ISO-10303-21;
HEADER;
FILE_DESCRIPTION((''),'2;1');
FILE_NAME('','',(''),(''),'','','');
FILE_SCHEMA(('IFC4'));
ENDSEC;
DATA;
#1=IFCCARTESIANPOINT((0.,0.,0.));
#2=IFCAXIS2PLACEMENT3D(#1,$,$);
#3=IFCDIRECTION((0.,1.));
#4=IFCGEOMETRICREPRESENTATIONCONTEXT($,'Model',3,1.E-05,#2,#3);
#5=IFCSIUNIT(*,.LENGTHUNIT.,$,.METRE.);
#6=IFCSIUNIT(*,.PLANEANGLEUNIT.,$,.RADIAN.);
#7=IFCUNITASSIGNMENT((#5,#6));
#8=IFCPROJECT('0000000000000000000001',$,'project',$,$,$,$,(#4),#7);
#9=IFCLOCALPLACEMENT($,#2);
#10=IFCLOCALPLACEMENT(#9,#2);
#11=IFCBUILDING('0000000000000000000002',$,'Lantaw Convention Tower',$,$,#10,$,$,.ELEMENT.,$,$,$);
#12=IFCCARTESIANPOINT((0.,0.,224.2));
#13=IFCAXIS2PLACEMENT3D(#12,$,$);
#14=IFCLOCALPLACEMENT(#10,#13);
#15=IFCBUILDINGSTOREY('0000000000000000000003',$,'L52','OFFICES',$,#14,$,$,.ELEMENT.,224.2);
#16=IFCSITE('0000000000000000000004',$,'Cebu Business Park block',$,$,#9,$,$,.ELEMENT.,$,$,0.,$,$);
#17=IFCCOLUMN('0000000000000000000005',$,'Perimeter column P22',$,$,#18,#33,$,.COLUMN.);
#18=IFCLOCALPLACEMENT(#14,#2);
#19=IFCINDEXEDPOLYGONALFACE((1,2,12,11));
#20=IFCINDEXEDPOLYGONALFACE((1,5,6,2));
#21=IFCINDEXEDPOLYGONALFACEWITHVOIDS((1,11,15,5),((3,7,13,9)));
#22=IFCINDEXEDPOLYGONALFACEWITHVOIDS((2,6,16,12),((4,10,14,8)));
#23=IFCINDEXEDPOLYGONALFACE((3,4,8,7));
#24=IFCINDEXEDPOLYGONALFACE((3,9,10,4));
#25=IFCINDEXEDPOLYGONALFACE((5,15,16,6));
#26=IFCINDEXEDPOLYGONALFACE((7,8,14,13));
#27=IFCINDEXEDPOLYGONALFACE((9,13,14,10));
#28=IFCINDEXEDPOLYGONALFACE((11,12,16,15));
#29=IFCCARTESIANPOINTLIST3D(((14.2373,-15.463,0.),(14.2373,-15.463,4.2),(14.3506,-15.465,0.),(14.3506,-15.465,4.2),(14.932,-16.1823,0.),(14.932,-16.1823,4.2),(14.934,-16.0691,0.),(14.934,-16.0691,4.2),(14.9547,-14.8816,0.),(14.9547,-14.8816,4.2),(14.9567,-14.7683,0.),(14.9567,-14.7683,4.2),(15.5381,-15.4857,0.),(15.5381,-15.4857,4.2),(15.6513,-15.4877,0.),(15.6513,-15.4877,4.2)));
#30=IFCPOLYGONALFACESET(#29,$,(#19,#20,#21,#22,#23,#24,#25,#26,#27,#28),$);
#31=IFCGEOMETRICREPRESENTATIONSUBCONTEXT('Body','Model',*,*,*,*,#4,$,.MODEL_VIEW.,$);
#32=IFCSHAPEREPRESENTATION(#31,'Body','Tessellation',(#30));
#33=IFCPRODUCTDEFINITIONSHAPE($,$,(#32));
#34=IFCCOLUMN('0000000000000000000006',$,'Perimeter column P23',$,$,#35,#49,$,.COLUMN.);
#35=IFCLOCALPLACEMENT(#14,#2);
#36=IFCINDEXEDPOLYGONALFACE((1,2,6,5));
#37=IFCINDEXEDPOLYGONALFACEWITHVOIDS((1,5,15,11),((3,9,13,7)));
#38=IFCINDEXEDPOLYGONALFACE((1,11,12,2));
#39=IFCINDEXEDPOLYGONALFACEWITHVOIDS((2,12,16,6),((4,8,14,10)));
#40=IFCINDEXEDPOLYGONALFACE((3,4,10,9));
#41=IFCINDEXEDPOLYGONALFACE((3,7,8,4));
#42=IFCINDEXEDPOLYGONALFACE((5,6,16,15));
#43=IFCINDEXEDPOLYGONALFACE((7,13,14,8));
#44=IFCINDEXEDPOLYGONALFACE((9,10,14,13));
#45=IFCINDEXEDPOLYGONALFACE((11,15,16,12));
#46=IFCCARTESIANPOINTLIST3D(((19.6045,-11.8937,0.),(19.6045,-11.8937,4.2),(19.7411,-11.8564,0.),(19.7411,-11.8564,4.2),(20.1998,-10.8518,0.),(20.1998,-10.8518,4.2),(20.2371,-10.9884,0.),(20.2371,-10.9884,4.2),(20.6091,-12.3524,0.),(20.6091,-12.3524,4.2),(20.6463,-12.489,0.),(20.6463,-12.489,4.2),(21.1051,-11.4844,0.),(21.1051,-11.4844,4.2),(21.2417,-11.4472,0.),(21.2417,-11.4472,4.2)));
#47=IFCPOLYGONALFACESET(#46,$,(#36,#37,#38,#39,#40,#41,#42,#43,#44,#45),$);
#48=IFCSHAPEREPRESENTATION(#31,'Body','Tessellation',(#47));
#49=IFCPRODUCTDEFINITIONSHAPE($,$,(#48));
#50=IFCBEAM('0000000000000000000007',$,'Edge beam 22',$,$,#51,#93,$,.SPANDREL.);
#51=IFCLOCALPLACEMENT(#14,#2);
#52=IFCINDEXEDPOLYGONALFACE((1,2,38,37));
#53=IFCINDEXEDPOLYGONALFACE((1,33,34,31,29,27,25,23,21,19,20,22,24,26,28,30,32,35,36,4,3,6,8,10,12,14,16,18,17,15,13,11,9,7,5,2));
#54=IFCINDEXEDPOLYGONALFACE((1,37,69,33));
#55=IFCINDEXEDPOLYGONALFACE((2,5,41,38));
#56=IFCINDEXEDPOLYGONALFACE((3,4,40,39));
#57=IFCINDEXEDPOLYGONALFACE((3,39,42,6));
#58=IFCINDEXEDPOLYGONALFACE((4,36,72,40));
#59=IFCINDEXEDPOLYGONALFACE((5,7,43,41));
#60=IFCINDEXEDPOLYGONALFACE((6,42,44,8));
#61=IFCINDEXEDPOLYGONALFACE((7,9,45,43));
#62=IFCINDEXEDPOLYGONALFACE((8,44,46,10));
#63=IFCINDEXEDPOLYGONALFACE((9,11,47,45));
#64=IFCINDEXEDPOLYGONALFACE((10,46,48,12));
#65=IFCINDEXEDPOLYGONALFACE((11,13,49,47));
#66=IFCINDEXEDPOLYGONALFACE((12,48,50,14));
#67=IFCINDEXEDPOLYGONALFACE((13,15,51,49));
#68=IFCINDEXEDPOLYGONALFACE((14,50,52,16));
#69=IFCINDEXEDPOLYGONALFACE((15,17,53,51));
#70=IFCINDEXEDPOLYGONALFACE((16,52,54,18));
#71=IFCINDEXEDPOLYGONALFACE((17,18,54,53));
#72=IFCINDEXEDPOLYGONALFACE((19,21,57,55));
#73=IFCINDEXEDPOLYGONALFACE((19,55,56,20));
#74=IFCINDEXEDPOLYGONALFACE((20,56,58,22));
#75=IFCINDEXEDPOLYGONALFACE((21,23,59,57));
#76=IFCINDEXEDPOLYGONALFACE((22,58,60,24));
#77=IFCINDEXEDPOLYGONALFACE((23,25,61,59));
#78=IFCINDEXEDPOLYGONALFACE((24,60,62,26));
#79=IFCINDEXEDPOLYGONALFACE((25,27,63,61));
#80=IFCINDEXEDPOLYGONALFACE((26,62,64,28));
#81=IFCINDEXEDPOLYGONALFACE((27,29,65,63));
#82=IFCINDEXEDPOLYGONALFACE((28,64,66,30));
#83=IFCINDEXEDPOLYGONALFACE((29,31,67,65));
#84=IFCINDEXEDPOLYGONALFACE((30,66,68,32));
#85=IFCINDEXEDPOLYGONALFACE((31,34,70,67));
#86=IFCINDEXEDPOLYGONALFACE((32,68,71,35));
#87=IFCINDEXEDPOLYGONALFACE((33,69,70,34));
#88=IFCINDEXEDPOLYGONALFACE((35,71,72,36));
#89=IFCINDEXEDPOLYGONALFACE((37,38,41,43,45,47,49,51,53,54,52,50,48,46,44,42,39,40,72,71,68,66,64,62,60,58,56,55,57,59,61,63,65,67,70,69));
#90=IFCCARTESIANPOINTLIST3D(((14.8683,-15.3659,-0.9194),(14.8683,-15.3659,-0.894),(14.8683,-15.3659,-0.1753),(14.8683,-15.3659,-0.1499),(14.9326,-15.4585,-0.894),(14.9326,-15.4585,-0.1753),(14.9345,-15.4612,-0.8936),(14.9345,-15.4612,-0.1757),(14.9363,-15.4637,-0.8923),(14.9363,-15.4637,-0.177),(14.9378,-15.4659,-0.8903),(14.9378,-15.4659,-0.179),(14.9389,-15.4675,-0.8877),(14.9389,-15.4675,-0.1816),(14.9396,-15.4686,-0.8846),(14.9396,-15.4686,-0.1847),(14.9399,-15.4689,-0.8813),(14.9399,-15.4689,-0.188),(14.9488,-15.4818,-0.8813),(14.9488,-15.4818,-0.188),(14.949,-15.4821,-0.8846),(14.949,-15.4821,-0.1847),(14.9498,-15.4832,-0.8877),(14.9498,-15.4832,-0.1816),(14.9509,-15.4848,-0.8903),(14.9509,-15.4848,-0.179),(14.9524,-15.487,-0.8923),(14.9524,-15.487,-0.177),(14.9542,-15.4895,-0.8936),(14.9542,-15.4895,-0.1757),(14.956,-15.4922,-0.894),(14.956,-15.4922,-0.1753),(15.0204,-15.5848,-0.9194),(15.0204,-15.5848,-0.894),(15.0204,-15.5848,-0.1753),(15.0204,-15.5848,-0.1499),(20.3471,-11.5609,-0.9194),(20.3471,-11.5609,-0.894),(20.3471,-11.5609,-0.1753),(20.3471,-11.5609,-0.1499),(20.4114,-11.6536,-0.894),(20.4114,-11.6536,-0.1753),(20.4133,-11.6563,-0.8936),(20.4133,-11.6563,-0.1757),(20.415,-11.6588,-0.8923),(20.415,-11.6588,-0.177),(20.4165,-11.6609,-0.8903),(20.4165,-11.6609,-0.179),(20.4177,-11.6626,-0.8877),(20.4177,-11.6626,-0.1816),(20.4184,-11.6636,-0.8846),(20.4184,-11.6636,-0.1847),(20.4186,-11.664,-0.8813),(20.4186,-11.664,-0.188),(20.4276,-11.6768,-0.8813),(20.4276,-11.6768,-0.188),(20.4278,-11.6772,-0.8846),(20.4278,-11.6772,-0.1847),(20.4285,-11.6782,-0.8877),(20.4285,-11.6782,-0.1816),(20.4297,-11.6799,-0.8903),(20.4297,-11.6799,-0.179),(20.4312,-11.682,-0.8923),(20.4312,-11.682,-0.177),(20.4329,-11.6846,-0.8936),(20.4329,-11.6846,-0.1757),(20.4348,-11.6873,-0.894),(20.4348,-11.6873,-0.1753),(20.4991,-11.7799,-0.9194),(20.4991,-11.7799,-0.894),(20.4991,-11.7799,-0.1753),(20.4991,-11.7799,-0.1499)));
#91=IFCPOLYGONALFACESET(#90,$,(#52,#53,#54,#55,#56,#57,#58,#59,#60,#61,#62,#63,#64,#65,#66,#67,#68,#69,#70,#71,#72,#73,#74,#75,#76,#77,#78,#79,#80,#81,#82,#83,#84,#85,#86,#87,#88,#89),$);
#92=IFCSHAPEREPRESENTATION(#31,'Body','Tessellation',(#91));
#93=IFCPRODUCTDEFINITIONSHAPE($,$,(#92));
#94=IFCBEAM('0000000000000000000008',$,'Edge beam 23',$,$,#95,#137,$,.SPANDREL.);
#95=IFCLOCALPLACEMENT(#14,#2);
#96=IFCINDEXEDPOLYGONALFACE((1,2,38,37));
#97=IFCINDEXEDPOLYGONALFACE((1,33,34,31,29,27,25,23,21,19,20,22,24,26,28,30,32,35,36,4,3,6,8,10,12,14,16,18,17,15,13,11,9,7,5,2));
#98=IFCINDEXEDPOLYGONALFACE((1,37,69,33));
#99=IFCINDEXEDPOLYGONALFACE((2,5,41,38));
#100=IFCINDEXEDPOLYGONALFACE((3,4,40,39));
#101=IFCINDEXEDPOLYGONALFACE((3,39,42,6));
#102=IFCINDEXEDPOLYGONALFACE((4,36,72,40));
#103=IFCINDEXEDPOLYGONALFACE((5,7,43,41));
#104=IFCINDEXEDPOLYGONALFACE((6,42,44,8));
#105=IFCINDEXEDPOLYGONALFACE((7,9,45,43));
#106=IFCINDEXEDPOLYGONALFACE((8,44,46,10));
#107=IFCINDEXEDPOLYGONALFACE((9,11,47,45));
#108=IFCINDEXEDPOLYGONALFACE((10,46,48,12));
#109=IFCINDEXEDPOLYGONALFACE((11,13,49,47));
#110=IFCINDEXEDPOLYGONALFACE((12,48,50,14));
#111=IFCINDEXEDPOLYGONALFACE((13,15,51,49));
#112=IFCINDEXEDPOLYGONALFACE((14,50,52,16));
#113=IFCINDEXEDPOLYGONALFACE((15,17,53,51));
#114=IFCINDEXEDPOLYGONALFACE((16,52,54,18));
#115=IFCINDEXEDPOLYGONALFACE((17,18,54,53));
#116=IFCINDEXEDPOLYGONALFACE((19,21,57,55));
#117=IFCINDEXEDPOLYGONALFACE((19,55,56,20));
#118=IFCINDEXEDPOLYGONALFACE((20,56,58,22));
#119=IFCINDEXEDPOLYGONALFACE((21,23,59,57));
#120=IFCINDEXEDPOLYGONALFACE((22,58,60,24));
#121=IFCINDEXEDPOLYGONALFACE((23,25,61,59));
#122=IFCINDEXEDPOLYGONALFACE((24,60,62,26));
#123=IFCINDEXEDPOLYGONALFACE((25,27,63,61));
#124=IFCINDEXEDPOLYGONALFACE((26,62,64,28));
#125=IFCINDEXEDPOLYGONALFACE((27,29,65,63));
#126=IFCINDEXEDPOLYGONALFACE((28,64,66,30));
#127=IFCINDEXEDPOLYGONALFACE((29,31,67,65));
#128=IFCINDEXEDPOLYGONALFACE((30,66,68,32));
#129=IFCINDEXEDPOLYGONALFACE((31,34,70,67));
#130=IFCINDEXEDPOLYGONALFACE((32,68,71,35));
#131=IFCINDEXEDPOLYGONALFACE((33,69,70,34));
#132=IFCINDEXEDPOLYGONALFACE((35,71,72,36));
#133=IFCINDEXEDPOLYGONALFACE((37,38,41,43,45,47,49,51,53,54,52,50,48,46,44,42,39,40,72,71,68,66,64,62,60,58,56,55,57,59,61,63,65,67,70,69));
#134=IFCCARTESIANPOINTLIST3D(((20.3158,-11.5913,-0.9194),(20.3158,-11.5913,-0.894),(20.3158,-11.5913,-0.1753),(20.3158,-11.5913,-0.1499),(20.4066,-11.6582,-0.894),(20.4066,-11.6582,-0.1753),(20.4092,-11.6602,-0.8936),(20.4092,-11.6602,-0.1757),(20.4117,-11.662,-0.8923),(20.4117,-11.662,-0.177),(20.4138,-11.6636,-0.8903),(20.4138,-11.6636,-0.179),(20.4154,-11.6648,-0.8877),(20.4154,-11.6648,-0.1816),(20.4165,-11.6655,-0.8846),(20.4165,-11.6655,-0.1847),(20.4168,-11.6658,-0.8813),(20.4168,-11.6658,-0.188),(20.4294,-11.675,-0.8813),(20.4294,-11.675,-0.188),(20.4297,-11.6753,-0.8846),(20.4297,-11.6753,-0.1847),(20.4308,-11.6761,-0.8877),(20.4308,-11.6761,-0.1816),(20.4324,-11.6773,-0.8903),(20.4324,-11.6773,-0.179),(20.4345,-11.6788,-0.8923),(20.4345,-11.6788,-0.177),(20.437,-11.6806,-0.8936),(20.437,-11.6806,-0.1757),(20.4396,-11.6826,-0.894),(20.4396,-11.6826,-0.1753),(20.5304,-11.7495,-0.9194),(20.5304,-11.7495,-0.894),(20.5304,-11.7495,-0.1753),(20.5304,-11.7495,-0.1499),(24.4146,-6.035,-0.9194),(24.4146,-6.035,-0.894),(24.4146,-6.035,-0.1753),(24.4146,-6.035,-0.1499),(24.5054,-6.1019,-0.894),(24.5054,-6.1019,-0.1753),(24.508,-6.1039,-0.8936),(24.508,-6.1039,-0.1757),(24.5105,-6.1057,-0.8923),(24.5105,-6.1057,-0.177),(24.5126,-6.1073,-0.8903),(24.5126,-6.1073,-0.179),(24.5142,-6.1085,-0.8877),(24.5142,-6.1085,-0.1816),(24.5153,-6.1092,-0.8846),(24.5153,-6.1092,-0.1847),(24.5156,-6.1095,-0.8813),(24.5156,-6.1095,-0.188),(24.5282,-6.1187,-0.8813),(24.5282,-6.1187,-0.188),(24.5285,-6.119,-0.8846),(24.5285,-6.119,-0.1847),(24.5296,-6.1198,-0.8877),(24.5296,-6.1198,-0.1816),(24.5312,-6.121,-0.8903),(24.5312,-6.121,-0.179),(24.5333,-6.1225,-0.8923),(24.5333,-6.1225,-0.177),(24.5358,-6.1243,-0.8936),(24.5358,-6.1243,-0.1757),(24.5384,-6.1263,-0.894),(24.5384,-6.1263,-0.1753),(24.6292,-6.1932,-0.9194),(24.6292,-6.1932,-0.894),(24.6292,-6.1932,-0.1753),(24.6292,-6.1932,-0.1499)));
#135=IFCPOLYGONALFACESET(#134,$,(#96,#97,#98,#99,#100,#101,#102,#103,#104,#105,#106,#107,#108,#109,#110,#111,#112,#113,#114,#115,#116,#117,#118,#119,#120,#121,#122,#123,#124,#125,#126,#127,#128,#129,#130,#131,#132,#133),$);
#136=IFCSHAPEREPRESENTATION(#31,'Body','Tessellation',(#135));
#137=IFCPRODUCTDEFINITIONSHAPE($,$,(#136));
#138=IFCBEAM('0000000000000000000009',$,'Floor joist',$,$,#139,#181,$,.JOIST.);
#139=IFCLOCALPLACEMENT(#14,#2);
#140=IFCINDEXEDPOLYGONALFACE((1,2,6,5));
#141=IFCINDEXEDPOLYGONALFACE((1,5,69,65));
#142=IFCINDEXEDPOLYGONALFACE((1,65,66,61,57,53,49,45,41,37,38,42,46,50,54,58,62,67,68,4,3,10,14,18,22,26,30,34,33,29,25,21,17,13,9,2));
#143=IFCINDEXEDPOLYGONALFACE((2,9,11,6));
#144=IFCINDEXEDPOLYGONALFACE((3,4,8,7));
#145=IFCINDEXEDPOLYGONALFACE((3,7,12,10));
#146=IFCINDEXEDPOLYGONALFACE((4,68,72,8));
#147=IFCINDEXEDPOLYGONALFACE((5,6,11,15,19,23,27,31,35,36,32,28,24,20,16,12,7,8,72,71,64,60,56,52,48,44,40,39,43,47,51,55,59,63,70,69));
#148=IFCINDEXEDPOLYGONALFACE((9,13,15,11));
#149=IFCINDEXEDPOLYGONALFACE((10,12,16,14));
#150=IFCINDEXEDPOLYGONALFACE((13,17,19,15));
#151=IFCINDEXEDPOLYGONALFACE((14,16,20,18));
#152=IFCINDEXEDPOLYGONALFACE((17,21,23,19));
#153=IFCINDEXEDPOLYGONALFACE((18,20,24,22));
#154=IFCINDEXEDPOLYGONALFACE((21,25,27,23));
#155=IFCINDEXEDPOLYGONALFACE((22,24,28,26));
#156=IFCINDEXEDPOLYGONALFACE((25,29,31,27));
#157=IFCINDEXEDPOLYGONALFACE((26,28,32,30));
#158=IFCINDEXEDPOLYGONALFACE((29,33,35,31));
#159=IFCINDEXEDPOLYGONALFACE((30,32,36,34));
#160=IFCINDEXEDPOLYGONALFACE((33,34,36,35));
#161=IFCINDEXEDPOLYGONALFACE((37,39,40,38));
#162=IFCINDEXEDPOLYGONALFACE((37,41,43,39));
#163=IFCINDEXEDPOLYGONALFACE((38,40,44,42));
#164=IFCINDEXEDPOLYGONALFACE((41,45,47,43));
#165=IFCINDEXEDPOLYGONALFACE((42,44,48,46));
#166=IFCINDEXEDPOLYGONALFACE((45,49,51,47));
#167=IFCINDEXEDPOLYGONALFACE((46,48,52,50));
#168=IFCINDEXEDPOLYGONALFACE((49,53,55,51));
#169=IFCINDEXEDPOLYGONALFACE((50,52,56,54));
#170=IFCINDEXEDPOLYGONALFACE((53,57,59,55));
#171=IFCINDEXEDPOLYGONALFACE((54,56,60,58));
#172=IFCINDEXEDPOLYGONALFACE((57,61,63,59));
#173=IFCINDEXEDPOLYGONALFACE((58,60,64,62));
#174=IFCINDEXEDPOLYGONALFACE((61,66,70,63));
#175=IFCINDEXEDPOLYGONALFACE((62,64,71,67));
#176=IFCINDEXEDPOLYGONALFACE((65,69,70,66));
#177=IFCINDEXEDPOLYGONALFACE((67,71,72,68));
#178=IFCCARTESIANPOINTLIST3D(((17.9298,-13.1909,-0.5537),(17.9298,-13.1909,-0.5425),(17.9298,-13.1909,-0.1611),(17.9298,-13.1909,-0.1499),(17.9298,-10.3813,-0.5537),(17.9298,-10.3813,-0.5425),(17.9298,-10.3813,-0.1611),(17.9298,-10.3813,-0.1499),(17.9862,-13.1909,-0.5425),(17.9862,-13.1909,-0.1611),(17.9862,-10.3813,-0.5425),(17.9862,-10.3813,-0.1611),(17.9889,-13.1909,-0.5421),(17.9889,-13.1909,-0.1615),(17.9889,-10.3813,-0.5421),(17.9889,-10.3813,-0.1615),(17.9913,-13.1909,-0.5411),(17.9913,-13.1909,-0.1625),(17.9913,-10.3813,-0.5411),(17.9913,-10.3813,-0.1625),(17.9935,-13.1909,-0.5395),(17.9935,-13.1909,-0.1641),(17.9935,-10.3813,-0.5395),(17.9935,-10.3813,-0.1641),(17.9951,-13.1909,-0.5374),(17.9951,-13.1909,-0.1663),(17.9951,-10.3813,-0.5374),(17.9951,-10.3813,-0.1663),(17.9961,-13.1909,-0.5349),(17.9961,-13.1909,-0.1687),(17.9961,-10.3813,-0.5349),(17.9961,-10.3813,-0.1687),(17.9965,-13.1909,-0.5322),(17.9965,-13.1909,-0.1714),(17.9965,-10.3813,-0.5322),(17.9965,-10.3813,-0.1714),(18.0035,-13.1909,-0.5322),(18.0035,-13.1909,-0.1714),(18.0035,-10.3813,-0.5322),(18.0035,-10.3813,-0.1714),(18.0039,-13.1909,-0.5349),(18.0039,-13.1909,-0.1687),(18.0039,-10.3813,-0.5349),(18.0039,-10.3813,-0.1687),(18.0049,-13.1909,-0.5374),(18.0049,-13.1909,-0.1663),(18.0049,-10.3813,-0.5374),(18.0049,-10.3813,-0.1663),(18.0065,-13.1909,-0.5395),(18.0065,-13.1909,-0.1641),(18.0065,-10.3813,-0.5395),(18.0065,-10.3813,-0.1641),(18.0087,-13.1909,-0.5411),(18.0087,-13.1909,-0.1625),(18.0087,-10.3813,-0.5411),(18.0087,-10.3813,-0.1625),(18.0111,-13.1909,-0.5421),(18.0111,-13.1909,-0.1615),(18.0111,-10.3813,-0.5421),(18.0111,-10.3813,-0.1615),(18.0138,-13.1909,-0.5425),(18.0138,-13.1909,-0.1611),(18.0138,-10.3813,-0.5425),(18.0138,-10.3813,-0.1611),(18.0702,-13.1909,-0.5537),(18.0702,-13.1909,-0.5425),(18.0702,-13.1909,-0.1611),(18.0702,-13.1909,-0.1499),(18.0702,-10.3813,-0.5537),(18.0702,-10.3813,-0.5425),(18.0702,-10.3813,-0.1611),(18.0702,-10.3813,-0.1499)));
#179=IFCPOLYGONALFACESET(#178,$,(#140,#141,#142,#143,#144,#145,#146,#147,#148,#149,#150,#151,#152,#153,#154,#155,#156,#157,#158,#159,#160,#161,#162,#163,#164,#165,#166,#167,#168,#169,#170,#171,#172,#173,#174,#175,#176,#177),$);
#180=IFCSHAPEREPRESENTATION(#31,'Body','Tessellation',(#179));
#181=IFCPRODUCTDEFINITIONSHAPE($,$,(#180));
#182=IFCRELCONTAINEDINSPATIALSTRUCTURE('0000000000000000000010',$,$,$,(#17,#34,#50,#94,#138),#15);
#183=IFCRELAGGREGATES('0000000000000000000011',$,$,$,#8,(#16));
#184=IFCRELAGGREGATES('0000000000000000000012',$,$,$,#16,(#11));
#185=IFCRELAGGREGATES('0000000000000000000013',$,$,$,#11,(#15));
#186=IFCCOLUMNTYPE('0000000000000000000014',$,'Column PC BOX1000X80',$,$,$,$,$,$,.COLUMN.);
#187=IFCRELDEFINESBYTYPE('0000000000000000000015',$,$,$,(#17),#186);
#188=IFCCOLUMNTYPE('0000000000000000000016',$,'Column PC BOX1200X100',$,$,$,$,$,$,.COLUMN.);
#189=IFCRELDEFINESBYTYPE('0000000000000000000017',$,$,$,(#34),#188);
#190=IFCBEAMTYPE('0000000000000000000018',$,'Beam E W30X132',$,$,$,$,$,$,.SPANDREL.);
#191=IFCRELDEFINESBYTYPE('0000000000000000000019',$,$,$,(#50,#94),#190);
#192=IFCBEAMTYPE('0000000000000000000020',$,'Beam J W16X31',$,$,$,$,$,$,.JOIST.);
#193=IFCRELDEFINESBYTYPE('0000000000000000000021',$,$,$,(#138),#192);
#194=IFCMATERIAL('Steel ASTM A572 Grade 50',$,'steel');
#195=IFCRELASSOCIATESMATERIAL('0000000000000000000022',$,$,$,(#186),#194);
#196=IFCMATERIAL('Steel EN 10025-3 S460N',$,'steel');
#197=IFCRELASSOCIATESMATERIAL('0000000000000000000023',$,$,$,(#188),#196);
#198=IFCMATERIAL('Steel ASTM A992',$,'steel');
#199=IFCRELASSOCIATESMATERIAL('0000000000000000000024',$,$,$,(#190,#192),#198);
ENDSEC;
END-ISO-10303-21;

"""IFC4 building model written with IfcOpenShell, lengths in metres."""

from ifc_helpers import new_model, si_unit, direction, frame, origin, origin_2d, place, context, subcontext, project, spatial, rectangle, hollow_rectangle, i_section, extrude, material, material_profile, profile_set, type_object, element, save


model = new_model("IFC4")

# Units and contexts
model_context = context("Model", 3, precision=1e-05, world=origin(), true_north=direction((0.0, 1.0)))
body_context = subcontext(model_context, "Body", "Model", "MODEL_VIEW")
ifc_project = project(units=[si_unit("LENGTHUNIT", "METRE"), si_unit("PLANEANGLEUNIT", "RADIAN")], contexts=[model_context])

# Site, building, storey
site_placement = place(None, origin())
site = spatial("IfcSite", under=ifc_project, at=site_placement, Name="Cebu Business Park block", CompositionType="ELEMENT", RefElevation=0.0)
building_placement = place(site_placement, origin())
building = spatial("IfcBuilding", under=site, at=building_placement, Name="Lantaw Convention Tower", CompositionType="ELEMENT")
storey_placement = place(building_placement, frame((0.0, 0.0, 224.2)))
storey = spatial("IfcBuildingStorey", under=building, at=storey_placement, Name="L52", Description="OFFICES", CompositionType="ELEMENT", Elevation=224.2)

# Columns
ifc_material_1 = material(Name="Steel ASTM A572 Grade 50", Category="steel")
ifc_material_profile_1 = material_profile(ifc_material_1, hollow_rectangle(XDim=1.0, YDim=1.0, WallThickness=0.0801, at=origin_2d()), Name="BOX1000X80")
ifc_material_2 = material(Name="Concrete C60/75", Category="concrete")
ifc_material_profile_2 = material_profile(ifc_material_2, rectangle(XDim=0.8401, YDim=0.8401, at=origin_2d()), Name="Concrete fill of BOX1000X80")
ifc_profile_set_1 = profile_set([ifc_material_profile_1, ifc_material_profile_2], Name="Steel ASTM A572 Grade 50")
column_type_1 = type_object("IfcColumnType", Name="Column PC BOX1000X80", PredefinedType="COLUMN", material=ifc_profile_set_1)
column_1_placement = place(storey_placement, frame((14.9443, -15.4753, 0.0), z_axis=(0.0, 0.0, 1.0), x_axis=(0.71934, 0.694658, 0.0)))
element("IfcColumn", 1, at=column_1_placement, inside=storey, type_object=column_type_1, Name="Perimeter column P22", PredefinedType="COLUMN", context=body_context, shape_type="SweptSolid", body=[
    extrude(hollow_rectangle(XDim=1.0, YDim=1.0, WallThickness=0.0801, at=origin_2d()), origin(), (0.0, 0.0, 1.0), 4.2),
])
ifc_material_3 = material(Name="Steel EN 10025-3 S460N", Category="steel")
ifc_material_profile_3 = material_profile(ifc_material_3, hollow_rectangle(XDim=1.2, YDim=1.2, WallThickness=0.1001, at=origin_2d()), Name="BOX1200X100")
ifc_material_profile_4 = material_profile(ifc_material_2, rectangle(XDim=1.0, YDim=1.0, at=origin_2d()), Name="Concrete fill of BOX1200X100")
ifc_profile_set_2 = profile_set([ifc_material_profile_3, ifc_material_profile_4], Name="Steel EN 10025-3 S460N")
column_type_2 = type_object("IfcColumnType", Name="Column PC BOX1200X100", PredefinedType="COLUMN", material=ifc_profile_set_2)
column_2_placement = place(storey_placement, frame((20.4231, -11.6704, 0.0), z_axis=(0.0, 0.0, 1.0), x_axis=(0.496139, 0.868243, 0.0)))
element("IfcColumn", 2, at=column_2_placement, inside=storey, type_object=column_type_2, Name="Perimeter column P23", PredefinedType="COLUMN", context=body_context, shape_type="SweptSolid", body=[
    extrude(hollow_rectangle(XDim=1.2, YDim=1.2, WallThickness=0.1001, at=origin_2d()), origin(), (0.0, 0.0, 1.0), 4.2),
])

# Beams
ifc_material_4 = material(Name="Steel ASTM A992", Category="steel")
ifc_material_profile_5 = material_profile(ifc_material_4, i_section(OverallWidth=0.2666, OverallDepth=0.7695, WebThickness=0.0156, FlangeThickness=0.0254, FilletRadius=0.0127, at=origin_2d()), Name="W30X132")
ifc_profile_set_3 = profile_set([ifc_material_profile_5], Name="Steel ASTM A992")
beam_type_1 = type_object("IfcBeamType", Name="Beam E W30X132", PredefinedType="SPANDREL", material=ifc_profile_set_3)
beam_1_placement = place(storey_placement, frame((14.9443, -15.4753, -0.5347), z_axis=(0.821353, 0.57042, 0.0), x_axis=(-0.57042, 0.821353, 0.0)))
element("IfcBeam", 3, at=beam_1_placement, inside=storey, type_object=beam_type_1, Name="Edge beam 22", PredefinedType="SPANDREL", context=body_context, shape_type="SweptSolid", body=[
    extrude(i_section(OverallWidth=0.2666, OverallDepth=0.7695, WebThickness=0.0156, FlangeThickness=0.0254, FilletRadius=0.0127, at=origin_2d()), origin(), (0.0, 0.0, 1.0), 6.6704),
])
beam_2_placement = place(storey_placement, frame((20.4231, -11.6704, -0.5347), z_axis=(0.593639, 0.804731, 0.0), x_axis=(-0.804731, 0.593639, 0.0)))
element("IfcBeam", 4, at=beam_2_placement, inside=storey, type_object=beam_type_1, Name="Edge beam 23", PredefinedType="SPANDREL", context=body_context, shape_type="SweptSolid", body=[
    extrude(i_section(OverallWidth=0.2666, OverallDepth=0.7695, WebThickness=0.0156, FlangeThickness=0.0254, FilletRadius=0.0127, at=origin_2d()), origin(), (0.0, 0.0, 1.0), 6.9045),
])
ifc_material_profile_6 = material_profile(ifc_material_4, i_section(OverallWidth=0.1404, OverallDepth=0.4038, WebThickness=0.0071, FlangeThickness=0.0112, FilletRadius=0.0103, at=origin_2d()), Name="W16X31")
ifc_profile_set_4 = profile_set([ifc_material_profile_6], Name="Steel ASTM A992")
beam_type_2 = type_object("IfcBeamType", Name="Beam J W16X31", PredefinedType="JOIST", material=ifc_profile_set_4)
beam_3_placement = place(storey_placement, frame((18.0, -13.1909, -0.3518), z_axis=(0.0, 1.0, 0.0), x_axis=(-1.0, 0.0, 0.0)))
element("IfcBeam", 5, at=beam_3_placement, inside=storey, type_object=beam_type_2, Name="Floor joist", PredefinedType="JOIST", context=body_context, shape_type="SweptSolid", body=[
    extrude(i_section(OverallWidth=0.1404, OverallDepth=0.4038, WebThickness=0.0071, FlangeThickness=0.0112, FilletRadius=0.0103, at=origin_2d()), origin(), (0.0, 0.0, 1.0), 2.8096),
])

save(model, "model.ifc")
